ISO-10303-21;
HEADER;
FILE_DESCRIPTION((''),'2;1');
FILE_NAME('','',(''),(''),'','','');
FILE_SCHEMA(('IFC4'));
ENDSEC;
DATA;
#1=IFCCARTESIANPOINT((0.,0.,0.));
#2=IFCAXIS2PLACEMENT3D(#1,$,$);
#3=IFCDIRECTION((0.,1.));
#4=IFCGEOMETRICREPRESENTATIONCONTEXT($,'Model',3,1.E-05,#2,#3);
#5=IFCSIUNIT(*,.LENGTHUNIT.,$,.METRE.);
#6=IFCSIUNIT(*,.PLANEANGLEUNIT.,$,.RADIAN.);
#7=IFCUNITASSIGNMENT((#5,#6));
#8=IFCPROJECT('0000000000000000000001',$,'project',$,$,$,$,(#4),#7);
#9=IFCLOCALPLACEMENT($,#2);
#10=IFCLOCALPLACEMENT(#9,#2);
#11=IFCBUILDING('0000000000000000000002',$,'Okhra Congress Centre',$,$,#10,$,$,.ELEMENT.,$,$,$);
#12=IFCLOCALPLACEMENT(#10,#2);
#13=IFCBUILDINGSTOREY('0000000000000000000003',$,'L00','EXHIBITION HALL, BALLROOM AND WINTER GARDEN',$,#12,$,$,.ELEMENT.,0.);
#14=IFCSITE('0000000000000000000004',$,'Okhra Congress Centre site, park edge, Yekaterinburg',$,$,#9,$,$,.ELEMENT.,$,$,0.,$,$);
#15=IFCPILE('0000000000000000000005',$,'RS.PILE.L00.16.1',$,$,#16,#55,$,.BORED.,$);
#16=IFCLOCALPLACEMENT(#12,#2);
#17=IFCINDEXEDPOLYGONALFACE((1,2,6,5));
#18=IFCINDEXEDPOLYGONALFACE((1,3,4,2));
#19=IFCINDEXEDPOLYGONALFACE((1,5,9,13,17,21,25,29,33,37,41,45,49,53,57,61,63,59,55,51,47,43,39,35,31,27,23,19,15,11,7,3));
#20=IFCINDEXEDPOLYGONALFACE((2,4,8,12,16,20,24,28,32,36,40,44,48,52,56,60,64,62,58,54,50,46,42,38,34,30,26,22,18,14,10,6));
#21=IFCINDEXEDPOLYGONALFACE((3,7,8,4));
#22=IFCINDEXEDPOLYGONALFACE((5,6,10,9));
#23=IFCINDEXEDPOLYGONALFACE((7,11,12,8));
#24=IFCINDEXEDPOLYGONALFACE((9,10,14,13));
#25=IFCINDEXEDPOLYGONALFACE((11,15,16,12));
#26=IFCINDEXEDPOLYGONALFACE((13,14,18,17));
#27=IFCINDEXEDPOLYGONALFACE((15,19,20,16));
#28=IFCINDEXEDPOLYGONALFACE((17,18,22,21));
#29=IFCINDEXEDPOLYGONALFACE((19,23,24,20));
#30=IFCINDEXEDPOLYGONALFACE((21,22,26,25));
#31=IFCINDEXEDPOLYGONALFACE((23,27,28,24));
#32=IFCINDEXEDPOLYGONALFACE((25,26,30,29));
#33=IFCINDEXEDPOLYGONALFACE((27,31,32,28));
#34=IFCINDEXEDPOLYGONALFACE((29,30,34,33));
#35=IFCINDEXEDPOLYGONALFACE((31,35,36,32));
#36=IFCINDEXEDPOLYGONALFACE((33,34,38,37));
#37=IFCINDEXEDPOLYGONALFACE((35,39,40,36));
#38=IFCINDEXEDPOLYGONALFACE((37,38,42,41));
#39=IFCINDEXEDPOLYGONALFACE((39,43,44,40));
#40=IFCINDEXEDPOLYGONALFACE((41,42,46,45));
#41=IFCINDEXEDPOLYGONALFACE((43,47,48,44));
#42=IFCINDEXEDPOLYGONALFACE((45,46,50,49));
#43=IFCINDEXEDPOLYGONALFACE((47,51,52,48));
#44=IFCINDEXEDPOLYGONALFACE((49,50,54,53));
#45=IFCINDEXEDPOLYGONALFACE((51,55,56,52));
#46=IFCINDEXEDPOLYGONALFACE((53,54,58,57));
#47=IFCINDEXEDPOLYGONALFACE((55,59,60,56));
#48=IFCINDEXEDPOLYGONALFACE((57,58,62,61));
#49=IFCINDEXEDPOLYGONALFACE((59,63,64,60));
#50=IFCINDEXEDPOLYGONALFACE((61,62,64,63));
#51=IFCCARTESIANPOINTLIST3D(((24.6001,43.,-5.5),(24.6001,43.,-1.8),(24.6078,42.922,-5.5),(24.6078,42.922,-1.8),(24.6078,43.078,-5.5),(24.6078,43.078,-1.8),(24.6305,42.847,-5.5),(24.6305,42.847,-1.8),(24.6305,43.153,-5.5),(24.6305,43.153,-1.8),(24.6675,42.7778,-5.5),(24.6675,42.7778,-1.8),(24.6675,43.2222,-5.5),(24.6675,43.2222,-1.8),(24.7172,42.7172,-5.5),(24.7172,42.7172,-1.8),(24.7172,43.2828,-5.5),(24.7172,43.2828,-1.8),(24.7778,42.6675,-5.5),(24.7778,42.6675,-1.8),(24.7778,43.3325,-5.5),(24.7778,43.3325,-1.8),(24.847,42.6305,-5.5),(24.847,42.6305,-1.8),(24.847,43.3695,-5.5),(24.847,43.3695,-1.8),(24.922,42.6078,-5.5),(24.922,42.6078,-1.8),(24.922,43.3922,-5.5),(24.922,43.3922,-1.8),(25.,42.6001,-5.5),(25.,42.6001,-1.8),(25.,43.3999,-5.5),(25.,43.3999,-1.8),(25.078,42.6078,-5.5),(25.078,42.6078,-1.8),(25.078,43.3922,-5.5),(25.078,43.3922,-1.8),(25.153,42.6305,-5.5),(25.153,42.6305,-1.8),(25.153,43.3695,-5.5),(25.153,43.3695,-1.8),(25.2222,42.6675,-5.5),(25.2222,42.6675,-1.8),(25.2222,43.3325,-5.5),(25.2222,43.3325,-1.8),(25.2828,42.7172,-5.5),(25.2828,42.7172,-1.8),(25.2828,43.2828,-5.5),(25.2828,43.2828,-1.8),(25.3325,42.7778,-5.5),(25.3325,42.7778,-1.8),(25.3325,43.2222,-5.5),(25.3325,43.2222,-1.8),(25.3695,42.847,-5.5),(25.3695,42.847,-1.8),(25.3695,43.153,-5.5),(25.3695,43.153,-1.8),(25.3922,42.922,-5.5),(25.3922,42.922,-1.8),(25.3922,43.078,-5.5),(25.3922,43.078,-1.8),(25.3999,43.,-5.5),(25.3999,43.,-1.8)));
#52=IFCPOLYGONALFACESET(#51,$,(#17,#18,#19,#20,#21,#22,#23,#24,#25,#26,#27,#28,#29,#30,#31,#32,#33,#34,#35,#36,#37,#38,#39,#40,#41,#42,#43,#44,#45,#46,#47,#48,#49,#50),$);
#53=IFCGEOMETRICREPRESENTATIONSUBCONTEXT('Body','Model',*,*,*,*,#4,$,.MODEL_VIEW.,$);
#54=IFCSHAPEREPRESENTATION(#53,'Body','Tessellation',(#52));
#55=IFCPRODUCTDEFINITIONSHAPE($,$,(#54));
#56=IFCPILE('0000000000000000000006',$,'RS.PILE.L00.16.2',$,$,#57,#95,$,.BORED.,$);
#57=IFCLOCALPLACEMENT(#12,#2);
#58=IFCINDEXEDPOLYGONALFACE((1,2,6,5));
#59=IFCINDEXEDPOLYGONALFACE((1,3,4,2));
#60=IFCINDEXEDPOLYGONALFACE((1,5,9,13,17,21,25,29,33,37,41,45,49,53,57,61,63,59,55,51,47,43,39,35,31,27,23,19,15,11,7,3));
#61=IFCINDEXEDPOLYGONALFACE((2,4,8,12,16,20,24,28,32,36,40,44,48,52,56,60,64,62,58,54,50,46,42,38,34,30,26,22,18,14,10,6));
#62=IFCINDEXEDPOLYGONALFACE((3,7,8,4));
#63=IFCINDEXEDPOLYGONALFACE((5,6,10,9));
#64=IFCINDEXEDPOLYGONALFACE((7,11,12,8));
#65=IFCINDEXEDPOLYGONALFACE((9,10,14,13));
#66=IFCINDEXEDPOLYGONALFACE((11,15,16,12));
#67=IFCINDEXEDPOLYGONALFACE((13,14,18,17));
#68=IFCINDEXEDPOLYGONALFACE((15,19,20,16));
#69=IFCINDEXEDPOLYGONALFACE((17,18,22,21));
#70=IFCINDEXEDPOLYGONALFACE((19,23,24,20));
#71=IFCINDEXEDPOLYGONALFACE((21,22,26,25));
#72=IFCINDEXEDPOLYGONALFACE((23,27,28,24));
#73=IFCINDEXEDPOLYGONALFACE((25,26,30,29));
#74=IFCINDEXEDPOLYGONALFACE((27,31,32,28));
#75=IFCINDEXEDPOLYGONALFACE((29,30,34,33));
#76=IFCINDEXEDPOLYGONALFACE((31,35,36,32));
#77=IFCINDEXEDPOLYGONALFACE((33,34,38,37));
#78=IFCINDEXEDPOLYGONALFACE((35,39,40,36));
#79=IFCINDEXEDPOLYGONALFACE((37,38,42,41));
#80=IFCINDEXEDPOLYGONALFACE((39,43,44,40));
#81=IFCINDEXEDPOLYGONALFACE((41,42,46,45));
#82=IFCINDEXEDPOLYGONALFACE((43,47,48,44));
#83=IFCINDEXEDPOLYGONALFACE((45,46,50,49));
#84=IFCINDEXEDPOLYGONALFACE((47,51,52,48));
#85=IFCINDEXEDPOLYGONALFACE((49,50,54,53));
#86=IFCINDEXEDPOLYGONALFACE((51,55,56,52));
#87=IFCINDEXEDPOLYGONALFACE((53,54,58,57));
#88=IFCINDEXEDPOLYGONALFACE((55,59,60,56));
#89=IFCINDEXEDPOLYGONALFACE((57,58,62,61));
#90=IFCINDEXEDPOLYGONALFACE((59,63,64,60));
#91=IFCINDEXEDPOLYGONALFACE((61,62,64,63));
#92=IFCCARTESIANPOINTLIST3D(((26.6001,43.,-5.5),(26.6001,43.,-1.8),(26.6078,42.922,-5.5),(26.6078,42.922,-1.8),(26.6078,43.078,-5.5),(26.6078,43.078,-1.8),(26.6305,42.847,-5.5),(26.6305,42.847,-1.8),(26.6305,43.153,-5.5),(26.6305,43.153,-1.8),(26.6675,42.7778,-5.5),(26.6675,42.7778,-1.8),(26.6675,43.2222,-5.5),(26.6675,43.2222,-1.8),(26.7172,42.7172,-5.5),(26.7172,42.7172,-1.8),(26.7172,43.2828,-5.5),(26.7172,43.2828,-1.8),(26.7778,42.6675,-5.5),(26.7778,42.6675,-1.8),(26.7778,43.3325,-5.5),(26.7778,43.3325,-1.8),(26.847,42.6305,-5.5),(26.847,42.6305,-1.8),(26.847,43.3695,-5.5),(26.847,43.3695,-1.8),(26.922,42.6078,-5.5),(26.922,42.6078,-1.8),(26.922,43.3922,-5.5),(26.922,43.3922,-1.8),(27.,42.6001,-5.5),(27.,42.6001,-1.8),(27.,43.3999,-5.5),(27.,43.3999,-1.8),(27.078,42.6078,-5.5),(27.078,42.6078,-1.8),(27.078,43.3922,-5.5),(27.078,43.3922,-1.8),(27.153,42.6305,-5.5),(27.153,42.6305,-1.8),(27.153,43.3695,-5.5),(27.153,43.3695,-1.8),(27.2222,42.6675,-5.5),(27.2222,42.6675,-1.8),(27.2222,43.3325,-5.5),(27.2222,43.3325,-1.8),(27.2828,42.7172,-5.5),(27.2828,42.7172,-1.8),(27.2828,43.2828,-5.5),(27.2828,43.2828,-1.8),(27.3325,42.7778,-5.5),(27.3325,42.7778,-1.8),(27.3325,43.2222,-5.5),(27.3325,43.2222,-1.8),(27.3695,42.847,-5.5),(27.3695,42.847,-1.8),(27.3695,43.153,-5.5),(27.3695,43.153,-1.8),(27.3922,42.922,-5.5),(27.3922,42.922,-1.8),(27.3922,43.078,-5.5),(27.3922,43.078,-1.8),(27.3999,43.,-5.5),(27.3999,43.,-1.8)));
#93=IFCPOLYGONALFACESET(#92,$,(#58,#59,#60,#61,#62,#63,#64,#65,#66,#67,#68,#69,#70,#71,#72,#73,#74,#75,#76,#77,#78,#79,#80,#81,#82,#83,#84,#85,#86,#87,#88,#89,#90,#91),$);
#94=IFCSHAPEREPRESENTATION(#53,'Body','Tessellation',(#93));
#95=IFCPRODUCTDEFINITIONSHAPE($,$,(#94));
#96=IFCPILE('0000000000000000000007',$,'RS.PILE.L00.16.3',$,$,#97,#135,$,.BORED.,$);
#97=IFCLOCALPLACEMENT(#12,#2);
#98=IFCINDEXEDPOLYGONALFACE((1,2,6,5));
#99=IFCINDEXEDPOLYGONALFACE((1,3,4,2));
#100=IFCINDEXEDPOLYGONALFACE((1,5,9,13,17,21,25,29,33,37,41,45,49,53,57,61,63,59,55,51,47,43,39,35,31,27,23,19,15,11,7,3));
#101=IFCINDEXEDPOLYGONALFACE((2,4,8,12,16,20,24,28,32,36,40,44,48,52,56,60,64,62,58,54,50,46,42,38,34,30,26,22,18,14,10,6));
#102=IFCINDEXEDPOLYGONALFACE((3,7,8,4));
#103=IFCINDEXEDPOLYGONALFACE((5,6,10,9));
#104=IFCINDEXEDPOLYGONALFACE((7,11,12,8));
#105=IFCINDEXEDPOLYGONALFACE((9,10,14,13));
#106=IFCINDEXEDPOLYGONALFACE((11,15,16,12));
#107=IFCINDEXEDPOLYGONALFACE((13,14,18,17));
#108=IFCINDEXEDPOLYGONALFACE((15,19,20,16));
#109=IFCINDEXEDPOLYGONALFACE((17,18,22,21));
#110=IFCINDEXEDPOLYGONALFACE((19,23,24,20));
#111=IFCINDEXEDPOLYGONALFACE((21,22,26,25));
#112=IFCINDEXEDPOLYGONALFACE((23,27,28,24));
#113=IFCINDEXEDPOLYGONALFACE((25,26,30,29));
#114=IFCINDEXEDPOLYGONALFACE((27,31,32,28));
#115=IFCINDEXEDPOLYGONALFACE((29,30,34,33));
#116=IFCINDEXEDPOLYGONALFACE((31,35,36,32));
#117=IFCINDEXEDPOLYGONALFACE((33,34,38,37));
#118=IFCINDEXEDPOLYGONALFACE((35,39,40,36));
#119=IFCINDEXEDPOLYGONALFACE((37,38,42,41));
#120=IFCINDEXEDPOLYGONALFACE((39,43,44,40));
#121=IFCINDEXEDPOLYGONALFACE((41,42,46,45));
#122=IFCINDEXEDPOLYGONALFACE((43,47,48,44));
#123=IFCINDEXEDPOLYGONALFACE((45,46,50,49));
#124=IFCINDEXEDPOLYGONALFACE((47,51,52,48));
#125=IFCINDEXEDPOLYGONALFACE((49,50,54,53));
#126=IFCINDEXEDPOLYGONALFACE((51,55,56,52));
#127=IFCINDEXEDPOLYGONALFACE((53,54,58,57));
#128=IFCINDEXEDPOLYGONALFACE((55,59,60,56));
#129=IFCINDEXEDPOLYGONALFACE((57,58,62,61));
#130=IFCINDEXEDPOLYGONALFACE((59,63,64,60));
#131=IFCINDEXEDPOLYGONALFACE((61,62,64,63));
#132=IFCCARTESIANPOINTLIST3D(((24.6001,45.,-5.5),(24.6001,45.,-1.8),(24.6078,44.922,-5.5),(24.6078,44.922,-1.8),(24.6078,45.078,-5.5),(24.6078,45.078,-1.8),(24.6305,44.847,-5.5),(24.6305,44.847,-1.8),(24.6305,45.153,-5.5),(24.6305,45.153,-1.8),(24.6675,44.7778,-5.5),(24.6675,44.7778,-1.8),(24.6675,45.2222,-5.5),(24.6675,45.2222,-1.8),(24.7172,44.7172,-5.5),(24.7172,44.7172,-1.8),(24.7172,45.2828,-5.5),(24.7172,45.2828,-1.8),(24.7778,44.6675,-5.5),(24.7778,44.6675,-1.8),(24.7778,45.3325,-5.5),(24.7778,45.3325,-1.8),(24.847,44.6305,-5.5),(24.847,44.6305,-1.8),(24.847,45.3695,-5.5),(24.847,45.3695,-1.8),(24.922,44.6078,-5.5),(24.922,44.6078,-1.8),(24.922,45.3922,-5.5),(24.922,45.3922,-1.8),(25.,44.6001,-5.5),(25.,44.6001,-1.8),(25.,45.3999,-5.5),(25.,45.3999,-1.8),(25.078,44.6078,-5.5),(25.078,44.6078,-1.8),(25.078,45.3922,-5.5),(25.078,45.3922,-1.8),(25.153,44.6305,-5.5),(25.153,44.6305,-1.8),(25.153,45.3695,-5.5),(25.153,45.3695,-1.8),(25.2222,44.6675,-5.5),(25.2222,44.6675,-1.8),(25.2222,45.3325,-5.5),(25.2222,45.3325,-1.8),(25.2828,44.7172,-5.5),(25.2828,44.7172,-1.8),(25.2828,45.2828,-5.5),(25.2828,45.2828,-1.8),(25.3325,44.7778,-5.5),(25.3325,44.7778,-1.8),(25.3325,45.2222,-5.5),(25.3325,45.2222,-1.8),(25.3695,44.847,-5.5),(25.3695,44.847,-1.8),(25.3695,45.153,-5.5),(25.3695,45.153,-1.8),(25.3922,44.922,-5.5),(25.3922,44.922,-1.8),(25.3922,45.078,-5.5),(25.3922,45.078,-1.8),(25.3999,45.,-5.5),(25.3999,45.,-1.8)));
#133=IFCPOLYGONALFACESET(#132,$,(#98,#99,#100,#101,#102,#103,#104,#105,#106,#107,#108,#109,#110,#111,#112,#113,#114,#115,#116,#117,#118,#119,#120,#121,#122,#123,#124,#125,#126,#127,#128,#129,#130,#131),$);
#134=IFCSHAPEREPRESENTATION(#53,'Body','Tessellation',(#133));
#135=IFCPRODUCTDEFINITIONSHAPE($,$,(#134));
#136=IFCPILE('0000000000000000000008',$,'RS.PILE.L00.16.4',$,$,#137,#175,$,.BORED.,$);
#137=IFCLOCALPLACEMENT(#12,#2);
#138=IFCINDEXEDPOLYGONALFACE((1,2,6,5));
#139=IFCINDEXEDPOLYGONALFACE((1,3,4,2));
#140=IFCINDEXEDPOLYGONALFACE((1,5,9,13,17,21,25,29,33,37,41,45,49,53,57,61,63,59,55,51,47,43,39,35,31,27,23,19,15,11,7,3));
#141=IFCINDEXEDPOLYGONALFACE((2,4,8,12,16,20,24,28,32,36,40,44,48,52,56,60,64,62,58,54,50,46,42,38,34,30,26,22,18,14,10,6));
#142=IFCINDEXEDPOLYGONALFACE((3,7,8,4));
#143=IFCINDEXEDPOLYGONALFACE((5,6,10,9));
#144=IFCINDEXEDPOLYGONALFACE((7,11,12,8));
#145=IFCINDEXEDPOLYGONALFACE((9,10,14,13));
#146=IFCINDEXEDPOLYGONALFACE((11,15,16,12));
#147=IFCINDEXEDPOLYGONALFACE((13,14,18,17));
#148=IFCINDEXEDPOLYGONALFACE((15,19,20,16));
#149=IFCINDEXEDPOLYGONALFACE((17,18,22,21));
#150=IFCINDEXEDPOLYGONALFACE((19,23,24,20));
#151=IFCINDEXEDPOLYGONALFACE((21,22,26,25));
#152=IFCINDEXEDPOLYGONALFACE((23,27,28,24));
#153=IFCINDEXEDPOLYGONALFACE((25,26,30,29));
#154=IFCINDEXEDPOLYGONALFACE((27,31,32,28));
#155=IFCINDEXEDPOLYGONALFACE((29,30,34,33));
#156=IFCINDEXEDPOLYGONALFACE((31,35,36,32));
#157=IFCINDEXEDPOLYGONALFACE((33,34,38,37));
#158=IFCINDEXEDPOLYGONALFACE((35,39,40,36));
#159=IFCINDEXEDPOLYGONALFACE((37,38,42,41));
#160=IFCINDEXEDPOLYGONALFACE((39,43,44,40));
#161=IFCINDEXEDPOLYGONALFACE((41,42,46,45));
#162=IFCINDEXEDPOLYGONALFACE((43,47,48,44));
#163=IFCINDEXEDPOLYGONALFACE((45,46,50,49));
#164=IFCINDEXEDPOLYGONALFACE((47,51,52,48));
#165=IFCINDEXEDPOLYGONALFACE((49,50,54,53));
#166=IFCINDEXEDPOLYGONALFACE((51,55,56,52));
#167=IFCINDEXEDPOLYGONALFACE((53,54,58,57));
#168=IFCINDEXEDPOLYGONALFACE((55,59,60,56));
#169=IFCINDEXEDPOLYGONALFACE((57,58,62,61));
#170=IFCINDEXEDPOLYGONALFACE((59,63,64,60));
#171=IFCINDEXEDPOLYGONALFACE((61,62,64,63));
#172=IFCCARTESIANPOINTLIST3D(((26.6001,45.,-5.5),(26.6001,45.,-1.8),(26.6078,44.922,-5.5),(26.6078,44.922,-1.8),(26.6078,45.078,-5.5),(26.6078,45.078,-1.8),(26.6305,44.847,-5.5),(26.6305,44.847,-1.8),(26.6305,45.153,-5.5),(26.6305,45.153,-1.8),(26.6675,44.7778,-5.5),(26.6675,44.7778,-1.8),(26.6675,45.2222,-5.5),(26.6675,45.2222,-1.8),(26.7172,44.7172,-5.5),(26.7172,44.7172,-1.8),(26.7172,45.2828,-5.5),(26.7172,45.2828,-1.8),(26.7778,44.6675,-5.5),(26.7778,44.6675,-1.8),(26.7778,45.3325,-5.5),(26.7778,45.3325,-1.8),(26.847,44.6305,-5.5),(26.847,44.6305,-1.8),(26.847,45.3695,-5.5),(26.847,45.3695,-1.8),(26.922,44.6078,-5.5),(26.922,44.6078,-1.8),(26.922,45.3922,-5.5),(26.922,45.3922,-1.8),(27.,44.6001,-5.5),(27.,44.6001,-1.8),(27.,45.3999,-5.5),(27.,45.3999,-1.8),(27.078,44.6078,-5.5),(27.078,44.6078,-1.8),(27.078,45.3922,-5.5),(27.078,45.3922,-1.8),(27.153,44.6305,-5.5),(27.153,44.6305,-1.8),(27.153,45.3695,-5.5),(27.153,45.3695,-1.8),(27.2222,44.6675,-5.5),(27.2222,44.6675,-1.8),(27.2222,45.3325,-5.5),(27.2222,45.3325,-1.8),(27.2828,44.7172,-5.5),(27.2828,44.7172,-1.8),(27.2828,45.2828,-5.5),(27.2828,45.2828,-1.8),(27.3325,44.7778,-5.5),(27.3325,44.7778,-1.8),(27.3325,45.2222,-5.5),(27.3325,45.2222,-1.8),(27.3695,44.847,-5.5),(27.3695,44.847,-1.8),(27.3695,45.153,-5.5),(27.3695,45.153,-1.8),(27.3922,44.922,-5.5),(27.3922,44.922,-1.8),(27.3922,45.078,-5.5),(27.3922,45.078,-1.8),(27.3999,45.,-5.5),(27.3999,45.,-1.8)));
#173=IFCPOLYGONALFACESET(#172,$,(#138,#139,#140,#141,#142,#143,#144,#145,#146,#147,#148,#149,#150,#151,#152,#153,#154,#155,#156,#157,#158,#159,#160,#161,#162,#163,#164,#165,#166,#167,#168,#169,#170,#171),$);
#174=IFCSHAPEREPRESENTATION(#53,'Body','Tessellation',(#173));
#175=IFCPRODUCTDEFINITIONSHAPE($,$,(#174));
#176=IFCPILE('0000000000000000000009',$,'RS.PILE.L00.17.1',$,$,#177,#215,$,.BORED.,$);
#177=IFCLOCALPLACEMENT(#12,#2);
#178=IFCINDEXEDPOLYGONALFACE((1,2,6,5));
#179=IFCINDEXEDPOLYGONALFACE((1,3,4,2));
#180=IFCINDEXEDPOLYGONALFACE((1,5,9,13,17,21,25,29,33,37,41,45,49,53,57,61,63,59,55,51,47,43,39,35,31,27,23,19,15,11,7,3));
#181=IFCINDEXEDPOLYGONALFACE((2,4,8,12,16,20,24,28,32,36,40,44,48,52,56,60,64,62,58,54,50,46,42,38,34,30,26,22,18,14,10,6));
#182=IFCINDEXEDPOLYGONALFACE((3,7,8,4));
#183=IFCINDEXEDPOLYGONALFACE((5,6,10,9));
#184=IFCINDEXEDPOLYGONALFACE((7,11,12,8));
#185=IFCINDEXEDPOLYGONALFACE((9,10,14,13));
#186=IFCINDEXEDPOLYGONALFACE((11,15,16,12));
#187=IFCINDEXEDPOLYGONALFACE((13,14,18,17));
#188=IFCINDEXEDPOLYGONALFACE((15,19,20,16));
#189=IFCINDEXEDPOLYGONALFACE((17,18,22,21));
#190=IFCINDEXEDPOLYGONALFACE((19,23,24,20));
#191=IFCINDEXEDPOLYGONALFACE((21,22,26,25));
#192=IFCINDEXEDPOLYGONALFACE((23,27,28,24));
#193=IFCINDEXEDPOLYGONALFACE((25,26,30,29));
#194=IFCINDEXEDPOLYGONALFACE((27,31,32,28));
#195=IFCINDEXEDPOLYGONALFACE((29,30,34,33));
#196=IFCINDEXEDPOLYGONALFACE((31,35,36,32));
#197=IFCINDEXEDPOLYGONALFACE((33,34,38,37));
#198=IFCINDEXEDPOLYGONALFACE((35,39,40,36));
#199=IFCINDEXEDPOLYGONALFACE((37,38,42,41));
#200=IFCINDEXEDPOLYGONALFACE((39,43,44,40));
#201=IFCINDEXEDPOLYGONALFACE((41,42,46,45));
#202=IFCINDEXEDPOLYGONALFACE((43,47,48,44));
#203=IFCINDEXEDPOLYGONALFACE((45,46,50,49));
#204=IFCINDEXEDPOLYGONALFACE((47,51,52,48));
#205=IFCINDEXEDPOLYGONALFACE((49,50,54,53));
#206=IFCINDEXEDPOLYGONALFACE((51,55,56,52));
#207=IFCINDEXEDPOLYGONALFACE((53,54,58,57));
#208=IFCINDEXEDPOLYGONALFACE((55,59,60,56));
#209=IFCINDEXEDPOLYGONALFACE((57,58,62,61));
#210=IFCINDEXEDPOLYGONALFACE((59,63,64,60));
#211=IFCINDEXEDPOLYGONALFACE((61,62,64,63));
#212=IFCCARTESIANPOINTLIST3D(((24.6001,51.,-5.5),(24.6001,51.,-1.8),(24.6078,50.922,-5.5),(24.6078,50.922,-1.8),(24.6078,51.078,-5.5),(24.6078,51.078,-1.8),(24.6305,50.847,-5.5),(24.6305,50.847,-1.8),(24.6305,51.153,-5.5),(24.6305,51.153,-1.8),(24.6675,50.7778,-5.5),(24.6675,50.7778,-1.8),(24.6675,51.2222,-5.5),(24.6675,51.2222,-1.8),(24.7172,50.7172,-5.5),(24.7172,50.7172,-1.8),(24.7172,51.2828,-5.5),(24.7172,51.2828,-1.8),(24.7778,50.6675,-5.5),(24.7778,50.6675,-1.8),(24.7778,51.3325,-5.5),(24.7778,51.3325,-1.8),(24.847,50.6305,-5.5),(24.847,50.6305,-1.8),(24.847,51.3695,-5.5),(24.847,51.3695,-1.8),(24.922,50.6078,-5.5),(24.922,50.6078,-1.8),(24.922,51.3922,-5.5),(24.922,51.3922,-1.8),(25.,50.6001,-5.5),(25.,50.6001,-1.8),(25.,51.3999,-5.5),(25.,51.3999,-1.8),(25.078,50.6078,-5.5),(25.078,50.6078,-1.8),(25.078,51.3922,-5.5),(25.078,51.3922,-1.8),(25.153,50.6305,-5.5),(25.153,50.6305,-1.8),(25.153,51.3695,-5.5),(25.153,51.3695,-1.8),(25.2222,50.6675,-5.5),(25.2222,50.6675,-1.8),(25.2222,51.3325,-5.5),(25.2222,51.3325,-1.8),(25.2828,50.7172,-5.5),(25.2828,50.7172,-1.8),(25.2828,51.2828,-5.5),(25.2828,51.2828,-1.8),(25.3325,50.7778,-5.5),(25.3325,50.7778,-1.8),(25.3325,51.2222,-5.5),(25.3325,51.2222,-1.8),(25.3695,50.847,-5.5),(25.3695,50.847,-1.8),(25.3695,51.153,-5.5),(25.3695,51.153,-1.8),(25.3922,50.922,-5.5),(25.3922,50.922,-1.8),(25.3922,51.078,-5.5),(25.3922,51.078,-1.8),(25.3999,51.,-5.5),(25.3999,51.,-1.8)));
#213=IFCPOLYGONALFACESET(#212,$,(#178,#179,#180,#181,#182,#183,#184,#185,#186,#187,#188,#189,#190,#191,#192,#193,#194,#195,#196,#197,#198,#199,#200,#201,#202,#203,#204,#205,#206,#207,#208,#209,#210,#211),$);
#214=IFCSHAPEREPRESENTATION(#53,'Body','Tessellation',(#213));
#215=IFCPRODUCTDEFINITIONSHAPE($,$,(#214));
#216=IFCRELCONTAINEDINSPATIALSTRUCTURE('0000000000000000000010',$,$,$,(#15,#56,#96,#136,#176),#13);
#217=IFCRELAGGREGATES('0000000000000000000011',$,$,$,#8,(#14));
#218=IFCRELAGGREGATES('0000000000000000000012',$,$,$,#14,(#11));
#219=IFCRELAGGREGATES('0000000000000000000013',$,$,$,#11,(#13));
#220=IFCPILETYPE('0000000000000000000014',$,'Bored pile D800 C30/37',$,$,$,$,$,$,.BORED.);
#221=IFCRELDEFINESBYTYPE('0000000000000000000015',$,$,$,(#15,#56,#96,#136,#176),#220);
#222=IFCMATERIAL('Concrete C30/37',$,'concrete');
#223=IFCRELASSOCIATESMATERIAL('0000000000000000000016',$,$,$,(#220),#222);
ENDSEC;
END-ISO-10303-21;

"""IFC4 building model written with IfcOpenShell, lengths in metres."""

from ifc_helpers import new_model, si_unit, direction, frame, origin, origin_2d, place, context, subcontext, project, spatial, circle, extrude, material, material_profile, profile_set, type_object, element, save


model = new_model("IFC4")

# Units and contexts
model_context = context("Model", 3, precision=1e-05, world=origin(), true_north=direction((0.0, 1.0)))
body_context = subcontext(model_context, "Body", "Model", "MODEL_VIEW")
ifc_project = project(units=[si_unit("LENGTHUNIT", "METRE"), si_unit("PLANEANGLEUNIT", "RADIAN")], contexts=[model_context])

# Site, building, storey
site_placement = place(None, origin())
site = spatial("IfcSite", under=ifc_project, at=site_placement, Name="Okhra Congress Centre site, park edge, Yekaterinburg", CompositionType="ELEMENT", RefElevation=0.0)
building_placement = place(site_placement, origin())
building = spatial("IfcBuilding", under=site, at=building_placement, Name="Okhra Congress Centre", CompositionType="ELEMENT")
storey_placement = place(building_placement, origin())
storey = spatial("IfcBuildingStorey", under=building, at=storey_placement, Name="L00", Description="EXHIBITION HALL, BALLROOM AND WINTER GARDEN", CompositionType="ELEMENT", Elevation=0.0)

# Piles
ifc_material_1 = material(Name="Concrete C30/37", Category="concrete")
ifc_material_profile_1 = material_profile(ifc_material_1, circle(Radius=0.3999, at=origin_2d()), Name="D800")
ifc_profile_set_1 = profile_set([ifc_material_profile_1], Name="Concrete C30/37")
pile_type = type_object("IfcPileType", Name="Bored pile D800 C30/37", PredefinedType="BORED", material=ifc_profile_set_1)
for number, where, z_axis, x_axis, name in (
    (1, (25.0, 43.0, -1.8), (0.0, 0.0, -1.0), (1.0, 0.0, 0.0), "RS.PILE.L00.16.1"),
    (2, (27.0, 43.0, -1.8), (0.0, 0.0, -1.0), (1.0, 0.0, 0.0), "RS.PILE.L00.16.2"),
    (3, (25.0, 45.0, -1.8), (0.0, 0.0, -1.0), (1.0, 0.0, 0.0), "RS.PILE.L00.16.3"),
    (4, (27.0, 45.0, -1.8), (0.0, 0.0, -1.0), (1.0, 0.0, 0.0), "RS.PILE.L00.16.4"),
    (5, (25.0, 51.0, -1.8), (0.0, 0.0, -1.0), (1.0, 0.0, 0.0), "RS.PILE.L00.17.1"),
):
    element("IfcPile", number, at=place(storey_placement, frame(where, z_axis=z_axis, x_axis=x_axis)), inside=storey, type_object=pile_type, Name=name, PredefinedType="BORED", context=body_context, shape_type="SweptSolid", body=[
        extrude(circle(Radius=0.3999, at=origin_2d()), origin(), (0.0, 0.0, 1.0), 3.7),
    ])

save(model, "model.ifc")
